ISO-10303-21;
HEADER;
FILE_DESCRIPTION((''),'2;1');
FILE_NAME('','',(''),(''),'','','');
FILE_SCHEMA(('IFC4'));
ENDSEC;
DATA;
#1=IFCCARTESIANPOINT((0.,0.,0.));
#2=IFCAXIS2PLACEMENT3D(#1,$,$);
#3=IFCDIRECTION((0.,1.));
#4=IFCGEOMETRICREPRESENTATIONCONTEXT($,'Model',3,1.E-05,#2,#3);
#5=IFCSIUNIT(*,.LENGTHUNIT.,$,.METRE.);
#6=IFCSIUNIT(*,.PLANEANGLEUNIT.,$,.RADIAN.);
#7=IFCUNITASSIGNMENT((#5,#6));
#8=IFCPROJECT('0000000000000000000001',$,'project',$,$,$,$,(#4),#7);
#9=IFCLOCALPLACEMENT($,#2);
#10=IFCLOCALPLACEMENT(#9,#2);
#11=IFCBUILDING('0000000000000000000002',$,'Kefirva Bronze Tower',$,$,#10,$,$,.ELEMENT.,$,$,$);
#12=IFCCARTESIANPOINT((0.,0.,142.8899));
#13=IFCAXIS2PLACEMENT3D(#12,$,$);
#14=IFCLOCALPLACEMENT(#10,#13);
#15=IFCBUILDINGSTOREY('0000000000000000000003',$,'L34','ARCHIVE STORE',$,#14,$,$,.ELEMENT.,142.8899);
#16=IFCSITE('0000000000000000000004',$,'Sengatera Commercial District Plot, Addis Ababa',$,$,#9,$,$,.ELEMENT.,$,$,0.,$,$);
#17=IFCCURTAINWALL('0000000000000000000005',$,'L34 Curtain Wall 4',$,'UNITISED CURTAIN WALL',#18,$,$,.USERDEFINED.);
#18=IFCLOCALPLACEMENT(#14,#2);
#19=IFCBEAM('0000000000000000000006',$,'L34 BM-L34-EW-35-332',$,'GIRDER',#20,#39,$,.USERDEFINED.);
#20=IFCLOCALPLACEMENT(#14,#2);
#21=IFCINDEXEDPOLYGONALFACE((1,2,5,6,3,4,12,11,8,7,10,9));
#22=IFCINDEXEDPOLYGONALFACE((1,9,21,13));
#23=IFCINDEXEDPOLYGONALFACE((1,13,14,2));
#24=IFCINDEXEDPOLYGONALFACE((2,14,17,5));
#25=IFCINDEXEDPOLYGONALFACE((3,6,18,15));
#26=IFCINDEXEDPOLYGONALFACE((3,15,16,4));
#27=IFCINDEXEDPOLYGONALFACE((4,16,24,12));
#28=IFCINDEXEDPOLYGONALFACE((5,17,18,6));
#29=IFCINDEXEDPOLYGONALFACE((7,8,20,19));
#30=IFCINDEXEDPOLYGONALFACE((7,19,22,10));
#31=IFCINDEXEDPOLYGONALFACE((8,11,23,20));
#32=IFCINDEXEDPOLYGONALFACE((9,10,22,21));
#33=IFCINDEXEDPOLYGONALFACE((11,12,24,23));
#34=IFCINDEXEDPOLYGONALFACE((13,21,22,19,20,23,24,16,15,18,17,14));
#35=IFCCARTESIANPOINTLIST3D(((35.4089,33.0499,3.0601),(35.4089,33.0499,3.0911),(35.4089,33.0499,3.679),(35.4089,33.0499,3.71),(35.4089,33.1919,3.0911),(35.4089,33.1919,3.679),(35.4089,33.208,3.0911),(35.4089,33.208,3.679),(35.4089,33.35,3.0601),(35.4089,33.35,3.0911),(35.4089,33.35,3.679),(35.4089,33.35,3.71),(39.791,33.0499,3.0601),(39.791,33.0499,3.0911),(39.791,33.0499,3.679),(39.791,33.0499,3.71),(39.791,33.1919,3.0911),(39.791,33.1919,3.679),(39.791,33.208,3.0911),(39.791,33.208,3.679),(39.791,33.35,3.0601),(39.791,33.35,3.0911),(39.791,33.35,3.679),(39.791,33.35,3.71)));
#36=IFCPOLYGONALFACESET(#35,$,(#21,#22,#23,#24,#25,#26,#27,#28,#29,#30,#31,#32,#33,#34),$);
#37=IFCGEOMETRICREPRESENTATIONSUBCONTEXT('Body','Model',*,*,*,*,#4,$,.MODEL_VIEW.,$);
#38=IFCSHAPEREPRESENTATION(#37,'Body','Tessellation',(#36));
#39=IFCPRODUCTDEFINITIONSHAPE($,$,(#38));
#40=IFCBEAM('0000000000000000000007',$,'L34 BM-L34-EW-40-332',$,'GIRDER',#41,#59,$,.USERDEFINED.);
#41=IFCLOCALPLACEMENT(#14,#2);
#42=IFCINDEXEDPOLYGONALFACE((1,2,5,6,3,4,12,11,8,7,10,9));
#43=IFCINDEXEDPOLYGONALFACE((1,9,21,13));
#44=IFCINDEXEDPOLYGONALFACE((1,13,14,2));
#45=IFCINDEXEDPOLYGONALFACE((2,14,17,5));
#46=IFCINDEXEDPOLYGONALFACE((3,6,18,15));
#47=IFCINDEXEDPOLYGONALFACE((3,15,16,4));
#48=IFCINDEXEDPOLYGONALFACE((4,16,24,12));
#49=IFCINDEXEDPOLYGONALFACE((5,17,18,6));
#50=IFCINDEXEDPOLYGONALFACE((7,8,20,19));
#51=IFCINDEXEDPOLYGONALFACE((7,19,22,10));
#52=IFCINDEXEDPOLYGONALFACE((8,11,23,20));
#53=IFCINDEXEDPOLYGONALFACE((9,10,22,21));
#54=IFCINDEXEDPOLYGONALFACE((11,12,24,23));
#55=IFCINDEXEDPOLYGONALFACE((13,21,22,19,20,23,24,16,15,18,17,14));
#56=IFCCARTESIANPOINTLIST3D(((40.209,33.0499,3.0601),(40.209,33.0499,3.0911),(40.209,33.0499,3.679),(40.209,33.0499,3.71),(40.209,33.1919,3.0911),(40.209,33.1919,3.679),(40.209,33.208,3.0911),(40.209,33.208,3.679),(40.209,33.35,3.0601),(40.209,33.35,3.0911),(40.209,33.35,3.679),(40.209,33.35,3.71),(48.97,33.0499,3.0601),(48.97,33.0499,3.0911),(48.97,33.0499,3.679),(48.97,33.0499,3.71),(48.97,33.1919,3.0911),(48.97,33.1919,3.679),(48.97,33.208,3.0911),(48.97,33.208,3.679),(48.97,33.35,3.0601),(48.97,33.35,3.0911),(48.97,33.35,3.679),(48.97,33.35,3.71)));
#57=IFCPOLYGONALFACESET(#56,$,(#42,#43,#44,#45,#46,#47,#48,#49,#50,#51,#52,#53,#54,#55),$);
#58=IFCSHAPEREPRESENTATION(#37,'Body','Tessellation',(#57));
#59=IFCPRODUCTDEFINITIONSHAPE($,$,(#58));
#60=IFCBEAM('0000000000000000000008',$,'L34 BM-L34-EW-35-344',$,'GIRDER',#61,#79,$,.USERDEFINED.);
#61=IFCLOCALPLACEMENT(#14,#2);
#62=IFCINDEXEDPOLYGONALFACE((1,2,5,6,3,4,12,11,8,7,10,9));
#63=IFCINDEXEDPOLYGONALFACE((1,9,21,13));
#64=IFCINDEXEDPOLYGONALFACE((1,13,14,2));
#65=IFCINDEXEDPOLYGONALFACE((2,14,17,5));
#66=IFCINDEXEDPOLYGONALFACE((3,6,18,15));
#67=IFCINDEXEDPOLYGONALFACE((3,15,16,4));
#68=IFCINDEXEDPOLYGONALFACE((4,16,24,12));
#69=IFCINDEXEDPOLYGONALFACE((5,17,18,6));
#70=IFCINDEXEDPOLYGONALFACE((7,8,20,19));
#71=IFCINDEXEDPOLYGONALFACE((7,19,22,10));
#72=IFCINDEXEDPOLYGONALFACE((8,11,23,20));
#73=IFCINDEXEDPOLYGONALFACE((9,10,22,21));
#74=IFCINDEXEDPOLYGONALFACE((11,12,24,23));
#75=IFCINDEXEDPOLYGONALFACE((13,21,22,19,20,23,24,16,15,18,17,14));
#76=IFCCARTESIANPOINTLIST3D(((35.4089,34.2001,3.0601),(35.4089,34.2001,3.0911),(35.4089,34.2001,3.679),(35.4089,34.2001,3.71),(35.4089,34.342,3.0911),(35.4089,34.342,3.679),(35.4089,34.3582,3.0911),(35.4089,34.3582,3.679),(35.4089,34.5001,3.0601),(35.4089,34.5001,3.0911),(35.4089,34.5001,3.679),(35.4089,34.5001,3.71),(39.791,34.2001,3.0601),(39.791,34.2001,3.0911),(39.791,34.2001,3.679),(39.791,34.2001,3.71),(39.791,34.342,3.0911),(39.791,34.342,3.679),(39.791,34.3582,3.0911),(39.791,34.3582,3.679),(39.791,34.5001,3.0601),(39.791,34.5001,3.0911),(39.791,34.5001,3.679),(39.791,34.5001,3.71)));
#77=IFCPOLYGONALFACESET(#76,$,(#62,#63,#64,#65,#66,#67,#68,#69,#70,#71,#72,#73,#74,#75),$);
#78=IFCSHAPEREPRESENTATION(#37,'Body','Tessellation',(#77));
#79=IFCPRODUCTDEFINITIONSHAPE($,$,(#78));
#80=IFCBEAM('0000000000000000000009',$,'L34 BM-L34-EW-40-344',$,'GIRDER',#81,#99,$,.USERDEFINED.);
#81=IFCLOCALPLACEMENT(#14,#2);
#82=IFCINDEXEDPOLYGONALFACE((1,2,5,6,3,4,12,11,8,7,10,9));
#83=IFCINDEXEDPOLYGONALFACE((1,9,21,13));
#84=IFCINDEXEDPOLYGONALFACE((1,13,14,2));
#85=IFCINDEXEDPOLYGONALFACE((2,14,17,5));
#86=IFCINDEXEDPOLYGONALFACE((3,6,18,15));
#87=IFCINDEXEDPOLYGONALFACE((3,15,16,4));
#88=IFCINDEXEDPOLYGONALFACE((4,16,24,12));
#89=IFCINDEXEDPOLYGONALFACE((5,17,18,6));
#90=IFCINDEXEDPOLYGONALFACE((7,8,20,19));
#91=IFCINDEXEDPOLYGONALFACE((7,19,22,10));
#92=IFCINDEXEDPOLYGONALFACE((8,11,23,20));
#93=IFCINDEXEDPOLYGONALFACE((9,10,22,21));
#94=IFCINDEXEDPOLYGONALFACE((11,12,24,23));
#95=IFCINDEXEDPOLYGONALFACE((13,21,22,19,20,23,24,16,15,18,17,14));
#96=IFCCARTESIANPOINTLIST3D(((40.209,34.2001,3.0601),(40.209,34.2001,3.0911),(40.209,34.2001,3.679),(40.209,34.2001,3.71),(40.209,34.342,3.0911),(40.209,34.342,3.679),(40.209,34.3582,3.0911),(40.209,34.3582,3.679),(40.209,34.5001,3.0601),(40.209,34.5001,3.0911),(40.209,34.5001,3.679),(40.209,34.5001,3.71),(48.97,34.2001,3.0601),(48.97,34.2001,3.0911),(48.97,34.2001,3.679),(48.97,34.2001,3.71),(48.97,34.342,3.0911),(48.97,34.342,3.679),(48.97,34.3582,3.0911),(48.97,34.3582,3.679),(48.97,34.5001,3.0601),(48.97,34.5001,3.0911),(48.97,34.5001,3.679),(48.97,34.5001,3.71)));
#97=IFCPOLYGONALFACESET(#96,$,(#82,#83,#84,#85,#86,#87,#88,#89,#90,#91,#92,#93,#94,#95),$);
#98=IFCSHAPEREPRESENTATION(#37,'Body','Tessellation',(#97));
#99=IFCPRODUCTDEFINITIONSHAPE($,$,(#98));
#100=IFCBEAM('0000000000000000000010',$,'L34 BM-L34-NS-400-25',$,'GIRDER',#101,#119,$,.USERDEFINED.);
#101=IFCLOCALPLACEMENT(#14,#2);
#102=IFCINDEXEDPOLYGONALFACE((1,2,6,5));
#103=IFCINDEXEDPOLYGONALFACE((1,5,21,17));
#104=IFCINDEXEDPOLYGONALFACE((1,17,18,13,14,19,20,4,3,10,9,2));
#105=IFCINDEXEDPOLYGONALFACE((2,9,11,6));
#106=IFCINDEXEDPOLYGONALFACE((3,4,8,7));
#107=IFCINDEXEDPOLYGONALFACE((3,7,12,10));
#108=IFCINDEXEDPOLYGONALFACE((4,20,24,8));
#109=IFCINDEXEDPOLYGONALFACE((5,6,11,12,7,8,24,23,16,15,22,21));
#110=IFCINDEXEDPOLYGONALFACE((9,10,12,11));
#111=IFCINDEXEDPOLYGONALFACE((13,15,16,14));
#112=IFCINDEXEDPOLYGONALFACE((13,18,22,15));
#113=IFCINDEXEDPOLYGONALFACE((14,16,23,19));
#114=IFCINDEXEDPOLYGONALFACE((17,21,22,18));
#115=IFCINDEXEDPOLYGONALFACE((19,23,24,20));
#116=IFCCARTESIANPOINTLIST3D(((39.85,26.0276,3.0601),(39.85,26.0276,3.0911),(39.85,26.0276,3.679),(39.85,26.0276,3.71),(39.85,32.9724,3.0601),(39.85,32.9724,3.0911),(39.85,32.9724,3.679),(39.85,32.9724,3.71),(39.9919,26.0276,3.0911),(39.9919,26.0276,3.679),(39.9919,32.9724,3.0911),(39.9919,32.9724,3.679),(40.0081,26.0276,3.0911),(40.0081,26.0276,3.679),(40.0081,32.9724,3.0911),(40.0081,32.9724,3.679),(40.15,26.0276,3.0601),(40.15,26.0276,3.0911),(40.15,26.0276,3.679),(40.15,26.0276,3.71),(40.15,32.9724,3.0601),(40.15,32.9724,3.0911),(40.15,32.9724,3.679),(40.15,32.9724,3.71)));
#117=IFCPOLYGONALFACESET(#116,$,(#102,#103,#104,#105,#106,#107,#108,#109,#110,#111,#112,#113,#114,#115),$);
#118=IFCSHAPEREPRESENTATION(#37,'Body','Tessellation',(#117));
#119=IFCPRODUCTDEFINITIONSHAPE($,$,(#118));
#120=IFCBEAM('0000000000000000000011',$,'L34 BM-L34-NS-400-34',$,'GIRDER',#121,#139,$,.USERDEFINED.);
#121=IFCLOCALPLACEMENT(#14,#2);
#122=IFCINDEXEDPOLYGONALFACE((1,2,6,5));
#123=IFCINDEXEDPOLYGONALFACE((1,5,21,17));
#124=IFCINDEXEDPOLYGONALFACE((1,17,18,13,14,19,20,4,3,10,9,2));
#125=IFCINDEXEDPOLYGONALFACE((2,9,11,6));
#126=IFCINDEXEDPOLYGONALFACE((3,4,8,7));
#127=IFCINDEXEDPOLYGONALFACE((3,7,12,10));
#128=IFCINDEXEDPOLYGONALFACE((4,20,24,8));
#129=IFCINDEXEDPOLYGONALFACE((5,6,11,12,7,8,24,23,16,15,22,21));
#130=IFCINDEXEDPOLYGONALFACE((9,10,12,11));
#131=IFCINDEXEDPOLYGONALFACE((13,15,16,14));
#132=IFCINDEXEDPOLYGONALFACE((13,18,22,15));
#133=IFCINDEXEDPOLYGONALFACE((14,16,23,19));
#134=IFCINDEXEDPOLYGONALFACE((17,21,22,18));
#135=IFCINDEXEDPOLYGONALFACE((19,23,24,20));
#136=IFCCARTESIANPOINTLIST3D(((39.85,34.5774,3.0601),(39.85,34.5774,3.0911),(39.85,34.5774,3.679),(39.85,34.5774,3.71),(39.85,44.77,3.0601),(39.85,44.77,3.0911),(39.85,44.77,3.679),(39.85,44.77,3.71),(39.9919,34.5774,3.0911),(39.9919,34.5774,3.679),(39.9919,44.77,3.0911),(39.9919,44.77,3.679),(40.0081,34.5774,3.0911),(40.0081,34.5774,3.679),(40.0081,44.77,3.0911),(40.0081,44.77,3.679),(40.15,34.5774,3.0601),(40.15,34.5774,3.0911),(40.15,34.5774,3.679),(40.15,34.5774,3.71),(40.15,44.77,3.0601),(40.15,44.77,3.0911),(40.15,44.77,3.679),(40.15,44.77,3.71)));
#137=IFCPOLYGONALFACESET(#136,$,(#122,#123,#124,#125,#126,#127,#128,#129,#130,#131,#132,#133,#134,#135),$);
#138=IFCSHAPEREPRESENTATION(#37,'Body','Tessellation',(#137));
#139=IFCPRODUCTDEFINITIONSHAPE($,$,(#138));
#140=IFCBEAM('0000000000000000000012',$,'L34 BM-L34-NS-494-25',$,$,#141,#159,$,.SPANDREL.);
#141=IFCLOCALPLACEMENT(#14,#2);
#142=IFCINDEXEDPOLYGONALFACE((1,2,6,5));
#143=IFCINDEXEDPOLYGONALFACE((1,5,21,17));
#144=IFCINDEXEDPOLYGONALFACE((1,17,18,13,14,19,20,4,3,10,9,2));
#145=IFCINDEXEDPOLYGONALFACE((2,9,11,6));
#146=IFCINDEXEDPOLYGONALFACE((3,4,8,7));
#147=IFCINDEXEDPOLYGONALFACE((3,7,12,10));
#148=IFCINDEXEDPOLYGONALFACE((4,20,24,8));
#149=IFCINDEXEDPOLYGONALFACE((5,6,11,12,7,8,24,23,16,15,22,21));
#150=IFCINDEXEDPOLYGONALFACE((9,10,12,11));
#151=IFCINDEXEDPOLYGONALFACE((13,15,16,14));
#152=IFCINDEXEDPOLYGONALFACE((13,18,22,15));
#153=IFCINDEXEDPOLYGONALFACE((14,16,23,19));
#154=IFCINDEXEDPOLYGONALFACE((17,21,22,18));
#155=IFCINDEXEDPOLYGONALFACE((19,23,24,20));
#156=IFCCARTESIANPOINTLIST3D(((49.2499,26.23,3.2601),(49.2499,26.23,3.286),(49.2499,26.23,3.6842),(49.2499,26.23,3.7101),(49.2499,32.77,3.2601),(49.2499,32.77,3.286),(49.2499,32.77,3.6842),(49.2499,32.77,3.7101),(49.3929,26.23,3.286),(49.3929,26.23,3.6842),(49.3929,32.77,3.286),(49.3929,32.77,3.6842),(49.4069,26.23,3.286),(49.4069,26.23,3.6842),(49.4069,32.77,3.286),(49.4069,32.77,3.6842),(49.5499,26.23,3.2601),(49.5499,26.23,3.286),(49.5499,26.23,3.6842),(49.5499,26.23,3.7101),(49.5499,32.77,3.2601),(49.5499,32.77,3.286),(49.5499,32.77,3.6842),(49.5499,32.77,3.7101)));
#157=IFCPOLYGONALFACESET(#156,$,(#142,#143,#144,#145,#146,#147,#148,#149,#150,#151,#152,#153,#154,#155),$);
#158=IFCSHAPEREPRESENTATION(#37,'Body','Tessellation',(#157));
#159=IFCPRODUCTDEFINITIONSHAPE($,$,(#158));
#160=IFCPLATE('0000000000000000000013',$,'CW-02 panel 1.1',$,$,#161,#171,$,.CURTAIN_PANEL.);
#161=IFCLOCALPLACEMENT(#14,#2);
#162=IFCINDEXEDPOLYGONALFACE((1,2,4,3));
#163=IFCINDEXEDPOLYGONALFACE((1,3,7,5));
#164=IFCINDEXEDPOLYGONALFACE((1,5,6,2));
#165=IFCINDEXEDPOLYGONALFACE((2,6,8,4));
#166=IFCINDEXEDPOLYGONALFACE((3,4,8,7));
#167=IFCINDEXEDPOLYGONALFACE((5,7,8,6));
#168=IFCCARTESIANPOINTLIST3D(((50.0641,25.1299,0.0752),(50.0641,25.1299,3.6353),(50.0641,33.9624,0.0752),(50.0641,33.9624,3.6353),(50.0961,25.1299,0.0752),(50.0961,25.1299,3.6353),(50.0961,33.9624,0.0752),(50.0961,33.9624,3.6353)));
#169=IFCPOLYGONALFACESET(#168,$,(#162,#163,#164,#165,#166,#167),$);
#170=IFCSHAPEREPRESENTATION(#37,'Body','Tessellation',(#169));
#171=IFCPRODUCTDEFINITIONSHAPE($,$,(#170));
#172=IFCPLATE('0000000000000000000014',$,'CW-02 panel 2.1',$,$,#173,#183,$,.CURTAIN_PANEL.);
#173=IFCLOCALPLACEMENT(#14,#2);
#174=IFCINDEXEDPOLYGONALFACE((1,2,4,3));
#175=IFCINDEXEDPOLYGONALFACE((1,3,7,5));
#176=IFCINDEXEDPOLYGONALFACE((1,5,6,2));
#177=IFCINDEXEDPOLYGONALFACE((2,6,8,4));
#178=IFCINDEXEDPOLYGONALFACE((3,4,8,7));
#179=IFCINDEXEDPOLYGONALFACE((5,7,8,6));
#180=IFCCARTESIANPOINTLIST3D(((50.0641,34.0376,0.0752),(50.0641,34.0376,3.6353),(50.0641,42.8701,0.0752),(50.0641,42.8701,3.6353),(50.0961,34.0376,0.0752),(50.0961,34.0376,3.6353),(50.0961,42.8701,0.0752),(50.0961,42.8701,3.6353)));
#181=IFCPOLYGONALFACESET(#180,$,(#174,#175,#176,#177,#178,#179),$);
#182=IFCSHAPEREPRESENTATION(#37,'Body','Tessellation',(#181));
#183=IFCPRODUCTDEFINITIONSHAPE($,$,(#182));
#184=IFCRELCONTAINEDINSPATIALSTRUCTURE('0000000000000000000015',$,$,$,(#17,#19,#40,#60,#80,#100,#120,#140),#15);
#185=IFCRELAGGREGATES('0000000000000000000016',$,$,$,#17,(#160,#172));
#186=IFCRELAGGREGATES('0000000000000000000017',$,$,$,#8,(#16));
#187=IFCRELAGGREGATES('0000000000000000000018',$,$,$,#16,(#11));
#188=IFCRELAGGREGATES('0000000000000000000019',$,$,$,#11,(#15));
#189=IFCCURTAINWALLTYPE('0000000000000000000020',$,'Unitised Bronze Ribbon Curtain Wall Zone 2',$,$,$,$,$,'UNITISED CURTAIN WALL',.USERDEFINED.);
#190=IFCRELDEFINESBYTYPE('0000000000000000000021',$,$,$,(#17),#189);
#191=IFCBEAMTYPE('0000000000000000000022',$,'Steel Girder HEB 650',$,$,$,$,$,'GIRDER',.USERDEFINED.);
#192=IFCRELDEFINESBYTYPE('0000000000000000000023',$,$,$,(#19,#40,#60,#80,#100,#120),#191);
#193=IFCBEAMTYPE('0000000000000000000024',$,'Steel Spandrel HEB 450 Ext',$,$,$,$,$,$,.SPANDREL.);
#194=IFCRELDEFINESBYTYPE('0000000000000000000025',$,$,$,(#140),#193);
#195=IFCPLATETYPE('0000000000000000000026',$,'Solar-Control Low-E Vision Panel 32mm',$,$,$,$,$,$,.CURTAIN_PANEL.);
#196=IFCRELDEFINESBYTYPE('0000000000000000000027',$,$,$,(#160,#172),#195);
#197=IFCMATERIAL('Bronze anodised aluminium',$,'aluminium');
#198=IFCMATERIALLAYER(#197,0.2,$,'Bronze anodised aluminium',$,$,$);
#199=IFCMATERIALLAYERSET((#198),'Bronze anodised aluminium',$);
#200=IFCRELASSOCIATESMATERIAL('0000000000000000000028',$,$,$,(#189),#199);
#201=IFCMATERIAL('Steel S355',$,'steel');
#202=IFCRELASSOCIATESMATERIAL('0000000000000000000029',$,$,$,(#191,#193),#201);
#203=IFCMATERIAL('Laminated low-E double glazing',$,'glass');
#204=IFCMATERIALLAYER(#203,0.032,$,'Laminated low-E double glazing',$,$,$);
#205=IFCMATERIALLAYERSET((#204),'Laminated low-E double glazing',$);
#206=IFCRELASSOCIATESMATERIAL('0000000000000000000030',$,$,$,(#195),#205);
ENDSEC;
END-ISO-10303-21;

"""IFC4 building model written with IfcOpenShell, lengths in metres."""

from ifc_helpers import new_model, si_unit, direction, frame, origin, origin_2d, place, context, subcontext, project, spatial, rectangle, i_section, extrude, material, layer, layer_set, material_profile, profile_set, type_object, element, aggregate, save


model = new_model("IFC4")

# Units and contexts
model_context = context("Model", 3, precision=1e-05, world=origin(), true_north=direction((0.0, 1.0)))
body_context = subcontext(model_context, "Body", "Model", "MODEL_VIEW")
ifc_project = project(units=[si_unit("LENGTHUNIT", "METRE"), si_unit("PLANEANGLEUNIT", "RADIAN")], contexts=[model_context])

# Site, building, storey
site_placement = place(None, origin())
site = spatial("IfcSite", under=ifc_project, at=site_placement, Name="Sengatera Commercial District Plot, Addis Ababa", CompositionType="ELEMENT", RefElevation=0.0)
building_placement = place(site_placement, origin())
building = spatial("IfcBuilding", under=site, at=building_placement, Name="Kefirva Bronze Tower", CompositionType="ELEMENT")
storey_placement = place(building_placement, frame((0.0, 0.0, 142.8899)))
storey = spatial("IfcBuildingStorey", under=building, at=storey_placement, Name="L34", Description="ARCHIVE STORE", CompositionType="ELEMENT", Elevation=142.8899)

# Curtain wall
ifc_material_1 = material(Name="Bronze anodised aluminium", Category="aluminium")
ifc_layer_1 = layer(ifc_material_1, 0.2, Name="Bronze anodised aluminium")
ifc_layer_set_1 = layer_set([ifc_layer_1], Name="Bronze anodised aluminium")
curtain_wall_type = type_object("IfcCurtainWallType", Name="Unitised Bronze Ribbon Curtain Wall Zone 2", ElementType="UNITISED CURTAIN WALL", PredefinedType="USERDEFINED", material=ifc_layer_set_1)
curtain_wall_placement = place(storey_placement, origin())
curtain_wall = element("IfcCurtainWall", 1, at=curtain_wall_placement, inside=storey, type_object=curtain_wall_type, Name="L34 Curtain Wall 4", ObjectType="UNITISED CURTAIN WALL", PredefinedType="USERDEFINED")

# Beams
ifc_material_2 = material(Name="Steel S355", Category="steel")
ifc_material_profile_1 = material_profile(ifc_material_2, i_section(OverallWidth=0.3, OverallDepth=0.6499, WebThickness=0.0161, FlangeThickness=0.031, at=origin_2d()), Name="HEB 650")
ifc_profile_set_1 = profile_set([ifc_material_profile_1], Name="Steel S355")
beam_type_1 = type_object("IfcBeamType", Name="Steel Girder HEB 650", ElementType="GIRDER", PredefinedType="USERDEFINED", material=ifc_profile_set_1)
beam_1_placement = place(storey_placement, frame((35.4089, 33.2, 3.385), z_axis=(1.0, 0.0, 0.0), x_axis=(0.0, 1.0, 0.0)))
element("IfcBeam", 2, at=beam_1_placement, inside=storey, type_object=beam_type_1, Name="L34 BM-L34-EW-35-332", ObjectType="GIRDER", PredefinedType="USERDEFINED", context=body_context, shape_type="SweptSolid", body=[
    extrude(i_section(OverallWidth=0.3, OverallDepth=0.6499, WebThickness=0.0161, FlangeThickness=0.031, at=origin_2d()), origin(), (0.0, 0.0, 1.0), 4.3821),
])
beam_2_placement = place(storey_placement, frame((40.209, 33.2, 3.385), z_axis=(1.0, 0.0, 0.0), x_axis=(0.0, 1.0, 0.0)))
element("IfcBeam", 3, at=beam_2_placement, inside=storey, type_object=beam_type_1, Name="L34 BM-L34-EW-40-332", ObjectType="GIRDER", PredefinedType="USERDEFINED", context=body_context, shape_type="SweptSolid", body=[
    extrude(i_section(OverallWidth=0.3, OverallDepth=0.6499, WebThickness=0.0161, FlangeThickness=0.031, at=origin_2d()), origin(), (0.0, 0.0, 1.0), 8.761),
])
beam_3_placement = place(storey_placement, frame((35.4089, 34.3501, 3.385), z_axis=(1.0, 0.0, 0.0), x_axis=(0.0, 1.0, 0.0)))
element("IfcBeam", 4, at=beam_3_placement, inside=storey, type_object=beam_type_1, Name="L34 BM-L34-EW-35-344", ObjectType="GIRDER", PredefinedType="USERDEFINED", context=body_context, shape_type="SweptSolid", body=[
    extrude(i_section(OverallWidth=0.3, OverallDepth=0.6499, WebThickness=0.0161, FlangeThickness=0.031, at=origin_2d()), origin(), (0.0, 0.0, 1.0), 4.3821),
])
beam_4_placement = place(storey_placement, frame((40.209, 34.3501, 3.385), z_axis=(1.0, 0.0, 0.0), x_axis=(0.0, 1.0, 0.0)))
element("IfcBeam", 5, at=beam_4_placement, inside=storey, type_object=beam_type_1, Name="L34 BM-L34-EW-40-344", ObjectType="GIRDER", PredefinedType="USERDEFINED", context=body_context, shape_type="SweptSolid", body=[
    extrude(i_section(OverallWidth=0.3, OverallDepth=0.6499, WebThickness=0.0161, FlangeThickness=0.031, at=origin_2d()), origin(), (0.0, 0.0, 1.0), 8.761),
])
beam_5_placement = place(storey_placement, frame((40.0, 26.0276, 3.385), z_axis=(0.0, 1.0, 0.0), x_axis=(-1.0, 0.0, 0.0)))
element("IfcBeam", 6, at=beam_5_placement, inside=storey, type_object=beam_type_1, Name="L34 BM-L34-NS-400-25", ObjectType="GIRDER", PredefinedType="USERDEFINED", context=body_context, shape_type="SweptSolid", body=[
    extrude(i_section(OverallWidth=0.3, OverallDepth=0.6499, WebThickness=0.0161, FlangeThickness=0.031, at=origin_2d()), origin(), (0.0, 0.0, 1.0), 6.9448),
])
beam_6_placement = place(storey_placement, frame((40.0, 34.5774, 3.385), z_axis=(0.0, 1.0, 0.0), x_axis=(-1.0, 0.0, 0.0)))
element("IfcBeam", 7, at=beam_6_placement, inside=storey, type_object=beam_type_1, Name="L34 BM-L34-NS-400-34", ObjectType="GIRDER", PredefinedType="USERDEFINED", context=body_context, shape_type="SweptSolid", body=[
    extrude(i_section(OverallWidth=0.3, OverallDepth=0.6499, WebThickness=0.0161, FlangeThickness=0.031, at=origin_2d()), origin(), (0.0, 0.0, 1.0), 10.1926),
])
ifc_material_profile_2 = material_profile(ifc_material_2, i_section(OverallWidth=0.3, OverallDepth=0.45, WebThickness=0.0139, FlangeThickness=0.0259, at=origin_2d()), Name="HEB 450")
ifc_profile_set_2 = profile_set([ifc_material_profile_2], Name="Steel S355")
beam_type_2 = type_object("IfcBeamType", Name="Steel Spandrel HEB 450 Ext", PredefinedType="SPANDREL", material=ifc_profile_set_2)
beam_7_placement = place(storey_placement, frame((49.3999, 26.23, 3.4851), z_axis=(0.0, 1.0, 0.0), x_axis=(-1.0, 0.0, 0.0)))
element("IfcBeam", 8, at=beam_7_placement, inside=storey, type_object=beam_type_2, Name="L34 BM-L34-NS-494-25", PredefinedType="SPANDREL", context=body_context, shape_type="SweptSolid", body=[
    extrude(i_section(OverallWidth=0.3, OverallDepth=0.45, WebThickness=0.0139, FlangeThickness=0.0259, at=origin_2d()), origin(), (0.0, 0.0, 1.0), 6.54),
])

# Plates
ifc_material_3 = material(Name="Laminated low-E double glazing", Category="glass")
ifc_layer_2 = layer(ifc_material_3, 0.032, Name="Laminated low-E double glazing")
ifc_layer_set_2 = layer_set([ifc_layer_2], Name="Laminated low-E double glazing")
plate_type = type_object("IfcPlateType", Name="Solar-Control Low-E Vision Panel 32mm", PredefinedType="CURTAIN_PANEL", material=ifc_layer_set_2)
plate_1_placement = place(storey_placement, frame((50.0801, 29.5461, 0.0752), z_axis=(0.0, 0.0, 1.0), x_axis=(0.0, 1.0, 0.0)))
plate_1 = element("IfcPlate", 9, at=plate_1_placement, type_object=plate_type, Name="CW-02 panel 1.1", PredefinedType="CURTAIN_PANEL", context=body_context, shape_type="SweptSolid", body=[
    extrude(rectangle(XDim=8.8325, YDim=0.032, at=origin_2d()), origin(), (0.0, 0.0, 1.0), 3.5601),
])
plate_2_placement = place(storey_placement, frame((50.0801, 38.4539, 0.0752), z_axis=(0.0, 0.0, 1.0), x_axis=(0.0, 1.0, 0.0)))
plate_2 = element("IfcPlate", 10, at=plate_2_placement, type_object=plate_type, Name="CW-02 panel 2.1", PredefinedType="CURTAIN_PANEL", context=body_context, shape_type="SweptSolid", body=[
    extrude(rectangle(XDim=8.8325, YDim=0.032, at=origin_2d()), origin(), (0.0, 0.0, 1.0), 3.5601),
])
aggregate(curtain_wall, [plate_1, plate_2])

save(model, "model.ifc")
